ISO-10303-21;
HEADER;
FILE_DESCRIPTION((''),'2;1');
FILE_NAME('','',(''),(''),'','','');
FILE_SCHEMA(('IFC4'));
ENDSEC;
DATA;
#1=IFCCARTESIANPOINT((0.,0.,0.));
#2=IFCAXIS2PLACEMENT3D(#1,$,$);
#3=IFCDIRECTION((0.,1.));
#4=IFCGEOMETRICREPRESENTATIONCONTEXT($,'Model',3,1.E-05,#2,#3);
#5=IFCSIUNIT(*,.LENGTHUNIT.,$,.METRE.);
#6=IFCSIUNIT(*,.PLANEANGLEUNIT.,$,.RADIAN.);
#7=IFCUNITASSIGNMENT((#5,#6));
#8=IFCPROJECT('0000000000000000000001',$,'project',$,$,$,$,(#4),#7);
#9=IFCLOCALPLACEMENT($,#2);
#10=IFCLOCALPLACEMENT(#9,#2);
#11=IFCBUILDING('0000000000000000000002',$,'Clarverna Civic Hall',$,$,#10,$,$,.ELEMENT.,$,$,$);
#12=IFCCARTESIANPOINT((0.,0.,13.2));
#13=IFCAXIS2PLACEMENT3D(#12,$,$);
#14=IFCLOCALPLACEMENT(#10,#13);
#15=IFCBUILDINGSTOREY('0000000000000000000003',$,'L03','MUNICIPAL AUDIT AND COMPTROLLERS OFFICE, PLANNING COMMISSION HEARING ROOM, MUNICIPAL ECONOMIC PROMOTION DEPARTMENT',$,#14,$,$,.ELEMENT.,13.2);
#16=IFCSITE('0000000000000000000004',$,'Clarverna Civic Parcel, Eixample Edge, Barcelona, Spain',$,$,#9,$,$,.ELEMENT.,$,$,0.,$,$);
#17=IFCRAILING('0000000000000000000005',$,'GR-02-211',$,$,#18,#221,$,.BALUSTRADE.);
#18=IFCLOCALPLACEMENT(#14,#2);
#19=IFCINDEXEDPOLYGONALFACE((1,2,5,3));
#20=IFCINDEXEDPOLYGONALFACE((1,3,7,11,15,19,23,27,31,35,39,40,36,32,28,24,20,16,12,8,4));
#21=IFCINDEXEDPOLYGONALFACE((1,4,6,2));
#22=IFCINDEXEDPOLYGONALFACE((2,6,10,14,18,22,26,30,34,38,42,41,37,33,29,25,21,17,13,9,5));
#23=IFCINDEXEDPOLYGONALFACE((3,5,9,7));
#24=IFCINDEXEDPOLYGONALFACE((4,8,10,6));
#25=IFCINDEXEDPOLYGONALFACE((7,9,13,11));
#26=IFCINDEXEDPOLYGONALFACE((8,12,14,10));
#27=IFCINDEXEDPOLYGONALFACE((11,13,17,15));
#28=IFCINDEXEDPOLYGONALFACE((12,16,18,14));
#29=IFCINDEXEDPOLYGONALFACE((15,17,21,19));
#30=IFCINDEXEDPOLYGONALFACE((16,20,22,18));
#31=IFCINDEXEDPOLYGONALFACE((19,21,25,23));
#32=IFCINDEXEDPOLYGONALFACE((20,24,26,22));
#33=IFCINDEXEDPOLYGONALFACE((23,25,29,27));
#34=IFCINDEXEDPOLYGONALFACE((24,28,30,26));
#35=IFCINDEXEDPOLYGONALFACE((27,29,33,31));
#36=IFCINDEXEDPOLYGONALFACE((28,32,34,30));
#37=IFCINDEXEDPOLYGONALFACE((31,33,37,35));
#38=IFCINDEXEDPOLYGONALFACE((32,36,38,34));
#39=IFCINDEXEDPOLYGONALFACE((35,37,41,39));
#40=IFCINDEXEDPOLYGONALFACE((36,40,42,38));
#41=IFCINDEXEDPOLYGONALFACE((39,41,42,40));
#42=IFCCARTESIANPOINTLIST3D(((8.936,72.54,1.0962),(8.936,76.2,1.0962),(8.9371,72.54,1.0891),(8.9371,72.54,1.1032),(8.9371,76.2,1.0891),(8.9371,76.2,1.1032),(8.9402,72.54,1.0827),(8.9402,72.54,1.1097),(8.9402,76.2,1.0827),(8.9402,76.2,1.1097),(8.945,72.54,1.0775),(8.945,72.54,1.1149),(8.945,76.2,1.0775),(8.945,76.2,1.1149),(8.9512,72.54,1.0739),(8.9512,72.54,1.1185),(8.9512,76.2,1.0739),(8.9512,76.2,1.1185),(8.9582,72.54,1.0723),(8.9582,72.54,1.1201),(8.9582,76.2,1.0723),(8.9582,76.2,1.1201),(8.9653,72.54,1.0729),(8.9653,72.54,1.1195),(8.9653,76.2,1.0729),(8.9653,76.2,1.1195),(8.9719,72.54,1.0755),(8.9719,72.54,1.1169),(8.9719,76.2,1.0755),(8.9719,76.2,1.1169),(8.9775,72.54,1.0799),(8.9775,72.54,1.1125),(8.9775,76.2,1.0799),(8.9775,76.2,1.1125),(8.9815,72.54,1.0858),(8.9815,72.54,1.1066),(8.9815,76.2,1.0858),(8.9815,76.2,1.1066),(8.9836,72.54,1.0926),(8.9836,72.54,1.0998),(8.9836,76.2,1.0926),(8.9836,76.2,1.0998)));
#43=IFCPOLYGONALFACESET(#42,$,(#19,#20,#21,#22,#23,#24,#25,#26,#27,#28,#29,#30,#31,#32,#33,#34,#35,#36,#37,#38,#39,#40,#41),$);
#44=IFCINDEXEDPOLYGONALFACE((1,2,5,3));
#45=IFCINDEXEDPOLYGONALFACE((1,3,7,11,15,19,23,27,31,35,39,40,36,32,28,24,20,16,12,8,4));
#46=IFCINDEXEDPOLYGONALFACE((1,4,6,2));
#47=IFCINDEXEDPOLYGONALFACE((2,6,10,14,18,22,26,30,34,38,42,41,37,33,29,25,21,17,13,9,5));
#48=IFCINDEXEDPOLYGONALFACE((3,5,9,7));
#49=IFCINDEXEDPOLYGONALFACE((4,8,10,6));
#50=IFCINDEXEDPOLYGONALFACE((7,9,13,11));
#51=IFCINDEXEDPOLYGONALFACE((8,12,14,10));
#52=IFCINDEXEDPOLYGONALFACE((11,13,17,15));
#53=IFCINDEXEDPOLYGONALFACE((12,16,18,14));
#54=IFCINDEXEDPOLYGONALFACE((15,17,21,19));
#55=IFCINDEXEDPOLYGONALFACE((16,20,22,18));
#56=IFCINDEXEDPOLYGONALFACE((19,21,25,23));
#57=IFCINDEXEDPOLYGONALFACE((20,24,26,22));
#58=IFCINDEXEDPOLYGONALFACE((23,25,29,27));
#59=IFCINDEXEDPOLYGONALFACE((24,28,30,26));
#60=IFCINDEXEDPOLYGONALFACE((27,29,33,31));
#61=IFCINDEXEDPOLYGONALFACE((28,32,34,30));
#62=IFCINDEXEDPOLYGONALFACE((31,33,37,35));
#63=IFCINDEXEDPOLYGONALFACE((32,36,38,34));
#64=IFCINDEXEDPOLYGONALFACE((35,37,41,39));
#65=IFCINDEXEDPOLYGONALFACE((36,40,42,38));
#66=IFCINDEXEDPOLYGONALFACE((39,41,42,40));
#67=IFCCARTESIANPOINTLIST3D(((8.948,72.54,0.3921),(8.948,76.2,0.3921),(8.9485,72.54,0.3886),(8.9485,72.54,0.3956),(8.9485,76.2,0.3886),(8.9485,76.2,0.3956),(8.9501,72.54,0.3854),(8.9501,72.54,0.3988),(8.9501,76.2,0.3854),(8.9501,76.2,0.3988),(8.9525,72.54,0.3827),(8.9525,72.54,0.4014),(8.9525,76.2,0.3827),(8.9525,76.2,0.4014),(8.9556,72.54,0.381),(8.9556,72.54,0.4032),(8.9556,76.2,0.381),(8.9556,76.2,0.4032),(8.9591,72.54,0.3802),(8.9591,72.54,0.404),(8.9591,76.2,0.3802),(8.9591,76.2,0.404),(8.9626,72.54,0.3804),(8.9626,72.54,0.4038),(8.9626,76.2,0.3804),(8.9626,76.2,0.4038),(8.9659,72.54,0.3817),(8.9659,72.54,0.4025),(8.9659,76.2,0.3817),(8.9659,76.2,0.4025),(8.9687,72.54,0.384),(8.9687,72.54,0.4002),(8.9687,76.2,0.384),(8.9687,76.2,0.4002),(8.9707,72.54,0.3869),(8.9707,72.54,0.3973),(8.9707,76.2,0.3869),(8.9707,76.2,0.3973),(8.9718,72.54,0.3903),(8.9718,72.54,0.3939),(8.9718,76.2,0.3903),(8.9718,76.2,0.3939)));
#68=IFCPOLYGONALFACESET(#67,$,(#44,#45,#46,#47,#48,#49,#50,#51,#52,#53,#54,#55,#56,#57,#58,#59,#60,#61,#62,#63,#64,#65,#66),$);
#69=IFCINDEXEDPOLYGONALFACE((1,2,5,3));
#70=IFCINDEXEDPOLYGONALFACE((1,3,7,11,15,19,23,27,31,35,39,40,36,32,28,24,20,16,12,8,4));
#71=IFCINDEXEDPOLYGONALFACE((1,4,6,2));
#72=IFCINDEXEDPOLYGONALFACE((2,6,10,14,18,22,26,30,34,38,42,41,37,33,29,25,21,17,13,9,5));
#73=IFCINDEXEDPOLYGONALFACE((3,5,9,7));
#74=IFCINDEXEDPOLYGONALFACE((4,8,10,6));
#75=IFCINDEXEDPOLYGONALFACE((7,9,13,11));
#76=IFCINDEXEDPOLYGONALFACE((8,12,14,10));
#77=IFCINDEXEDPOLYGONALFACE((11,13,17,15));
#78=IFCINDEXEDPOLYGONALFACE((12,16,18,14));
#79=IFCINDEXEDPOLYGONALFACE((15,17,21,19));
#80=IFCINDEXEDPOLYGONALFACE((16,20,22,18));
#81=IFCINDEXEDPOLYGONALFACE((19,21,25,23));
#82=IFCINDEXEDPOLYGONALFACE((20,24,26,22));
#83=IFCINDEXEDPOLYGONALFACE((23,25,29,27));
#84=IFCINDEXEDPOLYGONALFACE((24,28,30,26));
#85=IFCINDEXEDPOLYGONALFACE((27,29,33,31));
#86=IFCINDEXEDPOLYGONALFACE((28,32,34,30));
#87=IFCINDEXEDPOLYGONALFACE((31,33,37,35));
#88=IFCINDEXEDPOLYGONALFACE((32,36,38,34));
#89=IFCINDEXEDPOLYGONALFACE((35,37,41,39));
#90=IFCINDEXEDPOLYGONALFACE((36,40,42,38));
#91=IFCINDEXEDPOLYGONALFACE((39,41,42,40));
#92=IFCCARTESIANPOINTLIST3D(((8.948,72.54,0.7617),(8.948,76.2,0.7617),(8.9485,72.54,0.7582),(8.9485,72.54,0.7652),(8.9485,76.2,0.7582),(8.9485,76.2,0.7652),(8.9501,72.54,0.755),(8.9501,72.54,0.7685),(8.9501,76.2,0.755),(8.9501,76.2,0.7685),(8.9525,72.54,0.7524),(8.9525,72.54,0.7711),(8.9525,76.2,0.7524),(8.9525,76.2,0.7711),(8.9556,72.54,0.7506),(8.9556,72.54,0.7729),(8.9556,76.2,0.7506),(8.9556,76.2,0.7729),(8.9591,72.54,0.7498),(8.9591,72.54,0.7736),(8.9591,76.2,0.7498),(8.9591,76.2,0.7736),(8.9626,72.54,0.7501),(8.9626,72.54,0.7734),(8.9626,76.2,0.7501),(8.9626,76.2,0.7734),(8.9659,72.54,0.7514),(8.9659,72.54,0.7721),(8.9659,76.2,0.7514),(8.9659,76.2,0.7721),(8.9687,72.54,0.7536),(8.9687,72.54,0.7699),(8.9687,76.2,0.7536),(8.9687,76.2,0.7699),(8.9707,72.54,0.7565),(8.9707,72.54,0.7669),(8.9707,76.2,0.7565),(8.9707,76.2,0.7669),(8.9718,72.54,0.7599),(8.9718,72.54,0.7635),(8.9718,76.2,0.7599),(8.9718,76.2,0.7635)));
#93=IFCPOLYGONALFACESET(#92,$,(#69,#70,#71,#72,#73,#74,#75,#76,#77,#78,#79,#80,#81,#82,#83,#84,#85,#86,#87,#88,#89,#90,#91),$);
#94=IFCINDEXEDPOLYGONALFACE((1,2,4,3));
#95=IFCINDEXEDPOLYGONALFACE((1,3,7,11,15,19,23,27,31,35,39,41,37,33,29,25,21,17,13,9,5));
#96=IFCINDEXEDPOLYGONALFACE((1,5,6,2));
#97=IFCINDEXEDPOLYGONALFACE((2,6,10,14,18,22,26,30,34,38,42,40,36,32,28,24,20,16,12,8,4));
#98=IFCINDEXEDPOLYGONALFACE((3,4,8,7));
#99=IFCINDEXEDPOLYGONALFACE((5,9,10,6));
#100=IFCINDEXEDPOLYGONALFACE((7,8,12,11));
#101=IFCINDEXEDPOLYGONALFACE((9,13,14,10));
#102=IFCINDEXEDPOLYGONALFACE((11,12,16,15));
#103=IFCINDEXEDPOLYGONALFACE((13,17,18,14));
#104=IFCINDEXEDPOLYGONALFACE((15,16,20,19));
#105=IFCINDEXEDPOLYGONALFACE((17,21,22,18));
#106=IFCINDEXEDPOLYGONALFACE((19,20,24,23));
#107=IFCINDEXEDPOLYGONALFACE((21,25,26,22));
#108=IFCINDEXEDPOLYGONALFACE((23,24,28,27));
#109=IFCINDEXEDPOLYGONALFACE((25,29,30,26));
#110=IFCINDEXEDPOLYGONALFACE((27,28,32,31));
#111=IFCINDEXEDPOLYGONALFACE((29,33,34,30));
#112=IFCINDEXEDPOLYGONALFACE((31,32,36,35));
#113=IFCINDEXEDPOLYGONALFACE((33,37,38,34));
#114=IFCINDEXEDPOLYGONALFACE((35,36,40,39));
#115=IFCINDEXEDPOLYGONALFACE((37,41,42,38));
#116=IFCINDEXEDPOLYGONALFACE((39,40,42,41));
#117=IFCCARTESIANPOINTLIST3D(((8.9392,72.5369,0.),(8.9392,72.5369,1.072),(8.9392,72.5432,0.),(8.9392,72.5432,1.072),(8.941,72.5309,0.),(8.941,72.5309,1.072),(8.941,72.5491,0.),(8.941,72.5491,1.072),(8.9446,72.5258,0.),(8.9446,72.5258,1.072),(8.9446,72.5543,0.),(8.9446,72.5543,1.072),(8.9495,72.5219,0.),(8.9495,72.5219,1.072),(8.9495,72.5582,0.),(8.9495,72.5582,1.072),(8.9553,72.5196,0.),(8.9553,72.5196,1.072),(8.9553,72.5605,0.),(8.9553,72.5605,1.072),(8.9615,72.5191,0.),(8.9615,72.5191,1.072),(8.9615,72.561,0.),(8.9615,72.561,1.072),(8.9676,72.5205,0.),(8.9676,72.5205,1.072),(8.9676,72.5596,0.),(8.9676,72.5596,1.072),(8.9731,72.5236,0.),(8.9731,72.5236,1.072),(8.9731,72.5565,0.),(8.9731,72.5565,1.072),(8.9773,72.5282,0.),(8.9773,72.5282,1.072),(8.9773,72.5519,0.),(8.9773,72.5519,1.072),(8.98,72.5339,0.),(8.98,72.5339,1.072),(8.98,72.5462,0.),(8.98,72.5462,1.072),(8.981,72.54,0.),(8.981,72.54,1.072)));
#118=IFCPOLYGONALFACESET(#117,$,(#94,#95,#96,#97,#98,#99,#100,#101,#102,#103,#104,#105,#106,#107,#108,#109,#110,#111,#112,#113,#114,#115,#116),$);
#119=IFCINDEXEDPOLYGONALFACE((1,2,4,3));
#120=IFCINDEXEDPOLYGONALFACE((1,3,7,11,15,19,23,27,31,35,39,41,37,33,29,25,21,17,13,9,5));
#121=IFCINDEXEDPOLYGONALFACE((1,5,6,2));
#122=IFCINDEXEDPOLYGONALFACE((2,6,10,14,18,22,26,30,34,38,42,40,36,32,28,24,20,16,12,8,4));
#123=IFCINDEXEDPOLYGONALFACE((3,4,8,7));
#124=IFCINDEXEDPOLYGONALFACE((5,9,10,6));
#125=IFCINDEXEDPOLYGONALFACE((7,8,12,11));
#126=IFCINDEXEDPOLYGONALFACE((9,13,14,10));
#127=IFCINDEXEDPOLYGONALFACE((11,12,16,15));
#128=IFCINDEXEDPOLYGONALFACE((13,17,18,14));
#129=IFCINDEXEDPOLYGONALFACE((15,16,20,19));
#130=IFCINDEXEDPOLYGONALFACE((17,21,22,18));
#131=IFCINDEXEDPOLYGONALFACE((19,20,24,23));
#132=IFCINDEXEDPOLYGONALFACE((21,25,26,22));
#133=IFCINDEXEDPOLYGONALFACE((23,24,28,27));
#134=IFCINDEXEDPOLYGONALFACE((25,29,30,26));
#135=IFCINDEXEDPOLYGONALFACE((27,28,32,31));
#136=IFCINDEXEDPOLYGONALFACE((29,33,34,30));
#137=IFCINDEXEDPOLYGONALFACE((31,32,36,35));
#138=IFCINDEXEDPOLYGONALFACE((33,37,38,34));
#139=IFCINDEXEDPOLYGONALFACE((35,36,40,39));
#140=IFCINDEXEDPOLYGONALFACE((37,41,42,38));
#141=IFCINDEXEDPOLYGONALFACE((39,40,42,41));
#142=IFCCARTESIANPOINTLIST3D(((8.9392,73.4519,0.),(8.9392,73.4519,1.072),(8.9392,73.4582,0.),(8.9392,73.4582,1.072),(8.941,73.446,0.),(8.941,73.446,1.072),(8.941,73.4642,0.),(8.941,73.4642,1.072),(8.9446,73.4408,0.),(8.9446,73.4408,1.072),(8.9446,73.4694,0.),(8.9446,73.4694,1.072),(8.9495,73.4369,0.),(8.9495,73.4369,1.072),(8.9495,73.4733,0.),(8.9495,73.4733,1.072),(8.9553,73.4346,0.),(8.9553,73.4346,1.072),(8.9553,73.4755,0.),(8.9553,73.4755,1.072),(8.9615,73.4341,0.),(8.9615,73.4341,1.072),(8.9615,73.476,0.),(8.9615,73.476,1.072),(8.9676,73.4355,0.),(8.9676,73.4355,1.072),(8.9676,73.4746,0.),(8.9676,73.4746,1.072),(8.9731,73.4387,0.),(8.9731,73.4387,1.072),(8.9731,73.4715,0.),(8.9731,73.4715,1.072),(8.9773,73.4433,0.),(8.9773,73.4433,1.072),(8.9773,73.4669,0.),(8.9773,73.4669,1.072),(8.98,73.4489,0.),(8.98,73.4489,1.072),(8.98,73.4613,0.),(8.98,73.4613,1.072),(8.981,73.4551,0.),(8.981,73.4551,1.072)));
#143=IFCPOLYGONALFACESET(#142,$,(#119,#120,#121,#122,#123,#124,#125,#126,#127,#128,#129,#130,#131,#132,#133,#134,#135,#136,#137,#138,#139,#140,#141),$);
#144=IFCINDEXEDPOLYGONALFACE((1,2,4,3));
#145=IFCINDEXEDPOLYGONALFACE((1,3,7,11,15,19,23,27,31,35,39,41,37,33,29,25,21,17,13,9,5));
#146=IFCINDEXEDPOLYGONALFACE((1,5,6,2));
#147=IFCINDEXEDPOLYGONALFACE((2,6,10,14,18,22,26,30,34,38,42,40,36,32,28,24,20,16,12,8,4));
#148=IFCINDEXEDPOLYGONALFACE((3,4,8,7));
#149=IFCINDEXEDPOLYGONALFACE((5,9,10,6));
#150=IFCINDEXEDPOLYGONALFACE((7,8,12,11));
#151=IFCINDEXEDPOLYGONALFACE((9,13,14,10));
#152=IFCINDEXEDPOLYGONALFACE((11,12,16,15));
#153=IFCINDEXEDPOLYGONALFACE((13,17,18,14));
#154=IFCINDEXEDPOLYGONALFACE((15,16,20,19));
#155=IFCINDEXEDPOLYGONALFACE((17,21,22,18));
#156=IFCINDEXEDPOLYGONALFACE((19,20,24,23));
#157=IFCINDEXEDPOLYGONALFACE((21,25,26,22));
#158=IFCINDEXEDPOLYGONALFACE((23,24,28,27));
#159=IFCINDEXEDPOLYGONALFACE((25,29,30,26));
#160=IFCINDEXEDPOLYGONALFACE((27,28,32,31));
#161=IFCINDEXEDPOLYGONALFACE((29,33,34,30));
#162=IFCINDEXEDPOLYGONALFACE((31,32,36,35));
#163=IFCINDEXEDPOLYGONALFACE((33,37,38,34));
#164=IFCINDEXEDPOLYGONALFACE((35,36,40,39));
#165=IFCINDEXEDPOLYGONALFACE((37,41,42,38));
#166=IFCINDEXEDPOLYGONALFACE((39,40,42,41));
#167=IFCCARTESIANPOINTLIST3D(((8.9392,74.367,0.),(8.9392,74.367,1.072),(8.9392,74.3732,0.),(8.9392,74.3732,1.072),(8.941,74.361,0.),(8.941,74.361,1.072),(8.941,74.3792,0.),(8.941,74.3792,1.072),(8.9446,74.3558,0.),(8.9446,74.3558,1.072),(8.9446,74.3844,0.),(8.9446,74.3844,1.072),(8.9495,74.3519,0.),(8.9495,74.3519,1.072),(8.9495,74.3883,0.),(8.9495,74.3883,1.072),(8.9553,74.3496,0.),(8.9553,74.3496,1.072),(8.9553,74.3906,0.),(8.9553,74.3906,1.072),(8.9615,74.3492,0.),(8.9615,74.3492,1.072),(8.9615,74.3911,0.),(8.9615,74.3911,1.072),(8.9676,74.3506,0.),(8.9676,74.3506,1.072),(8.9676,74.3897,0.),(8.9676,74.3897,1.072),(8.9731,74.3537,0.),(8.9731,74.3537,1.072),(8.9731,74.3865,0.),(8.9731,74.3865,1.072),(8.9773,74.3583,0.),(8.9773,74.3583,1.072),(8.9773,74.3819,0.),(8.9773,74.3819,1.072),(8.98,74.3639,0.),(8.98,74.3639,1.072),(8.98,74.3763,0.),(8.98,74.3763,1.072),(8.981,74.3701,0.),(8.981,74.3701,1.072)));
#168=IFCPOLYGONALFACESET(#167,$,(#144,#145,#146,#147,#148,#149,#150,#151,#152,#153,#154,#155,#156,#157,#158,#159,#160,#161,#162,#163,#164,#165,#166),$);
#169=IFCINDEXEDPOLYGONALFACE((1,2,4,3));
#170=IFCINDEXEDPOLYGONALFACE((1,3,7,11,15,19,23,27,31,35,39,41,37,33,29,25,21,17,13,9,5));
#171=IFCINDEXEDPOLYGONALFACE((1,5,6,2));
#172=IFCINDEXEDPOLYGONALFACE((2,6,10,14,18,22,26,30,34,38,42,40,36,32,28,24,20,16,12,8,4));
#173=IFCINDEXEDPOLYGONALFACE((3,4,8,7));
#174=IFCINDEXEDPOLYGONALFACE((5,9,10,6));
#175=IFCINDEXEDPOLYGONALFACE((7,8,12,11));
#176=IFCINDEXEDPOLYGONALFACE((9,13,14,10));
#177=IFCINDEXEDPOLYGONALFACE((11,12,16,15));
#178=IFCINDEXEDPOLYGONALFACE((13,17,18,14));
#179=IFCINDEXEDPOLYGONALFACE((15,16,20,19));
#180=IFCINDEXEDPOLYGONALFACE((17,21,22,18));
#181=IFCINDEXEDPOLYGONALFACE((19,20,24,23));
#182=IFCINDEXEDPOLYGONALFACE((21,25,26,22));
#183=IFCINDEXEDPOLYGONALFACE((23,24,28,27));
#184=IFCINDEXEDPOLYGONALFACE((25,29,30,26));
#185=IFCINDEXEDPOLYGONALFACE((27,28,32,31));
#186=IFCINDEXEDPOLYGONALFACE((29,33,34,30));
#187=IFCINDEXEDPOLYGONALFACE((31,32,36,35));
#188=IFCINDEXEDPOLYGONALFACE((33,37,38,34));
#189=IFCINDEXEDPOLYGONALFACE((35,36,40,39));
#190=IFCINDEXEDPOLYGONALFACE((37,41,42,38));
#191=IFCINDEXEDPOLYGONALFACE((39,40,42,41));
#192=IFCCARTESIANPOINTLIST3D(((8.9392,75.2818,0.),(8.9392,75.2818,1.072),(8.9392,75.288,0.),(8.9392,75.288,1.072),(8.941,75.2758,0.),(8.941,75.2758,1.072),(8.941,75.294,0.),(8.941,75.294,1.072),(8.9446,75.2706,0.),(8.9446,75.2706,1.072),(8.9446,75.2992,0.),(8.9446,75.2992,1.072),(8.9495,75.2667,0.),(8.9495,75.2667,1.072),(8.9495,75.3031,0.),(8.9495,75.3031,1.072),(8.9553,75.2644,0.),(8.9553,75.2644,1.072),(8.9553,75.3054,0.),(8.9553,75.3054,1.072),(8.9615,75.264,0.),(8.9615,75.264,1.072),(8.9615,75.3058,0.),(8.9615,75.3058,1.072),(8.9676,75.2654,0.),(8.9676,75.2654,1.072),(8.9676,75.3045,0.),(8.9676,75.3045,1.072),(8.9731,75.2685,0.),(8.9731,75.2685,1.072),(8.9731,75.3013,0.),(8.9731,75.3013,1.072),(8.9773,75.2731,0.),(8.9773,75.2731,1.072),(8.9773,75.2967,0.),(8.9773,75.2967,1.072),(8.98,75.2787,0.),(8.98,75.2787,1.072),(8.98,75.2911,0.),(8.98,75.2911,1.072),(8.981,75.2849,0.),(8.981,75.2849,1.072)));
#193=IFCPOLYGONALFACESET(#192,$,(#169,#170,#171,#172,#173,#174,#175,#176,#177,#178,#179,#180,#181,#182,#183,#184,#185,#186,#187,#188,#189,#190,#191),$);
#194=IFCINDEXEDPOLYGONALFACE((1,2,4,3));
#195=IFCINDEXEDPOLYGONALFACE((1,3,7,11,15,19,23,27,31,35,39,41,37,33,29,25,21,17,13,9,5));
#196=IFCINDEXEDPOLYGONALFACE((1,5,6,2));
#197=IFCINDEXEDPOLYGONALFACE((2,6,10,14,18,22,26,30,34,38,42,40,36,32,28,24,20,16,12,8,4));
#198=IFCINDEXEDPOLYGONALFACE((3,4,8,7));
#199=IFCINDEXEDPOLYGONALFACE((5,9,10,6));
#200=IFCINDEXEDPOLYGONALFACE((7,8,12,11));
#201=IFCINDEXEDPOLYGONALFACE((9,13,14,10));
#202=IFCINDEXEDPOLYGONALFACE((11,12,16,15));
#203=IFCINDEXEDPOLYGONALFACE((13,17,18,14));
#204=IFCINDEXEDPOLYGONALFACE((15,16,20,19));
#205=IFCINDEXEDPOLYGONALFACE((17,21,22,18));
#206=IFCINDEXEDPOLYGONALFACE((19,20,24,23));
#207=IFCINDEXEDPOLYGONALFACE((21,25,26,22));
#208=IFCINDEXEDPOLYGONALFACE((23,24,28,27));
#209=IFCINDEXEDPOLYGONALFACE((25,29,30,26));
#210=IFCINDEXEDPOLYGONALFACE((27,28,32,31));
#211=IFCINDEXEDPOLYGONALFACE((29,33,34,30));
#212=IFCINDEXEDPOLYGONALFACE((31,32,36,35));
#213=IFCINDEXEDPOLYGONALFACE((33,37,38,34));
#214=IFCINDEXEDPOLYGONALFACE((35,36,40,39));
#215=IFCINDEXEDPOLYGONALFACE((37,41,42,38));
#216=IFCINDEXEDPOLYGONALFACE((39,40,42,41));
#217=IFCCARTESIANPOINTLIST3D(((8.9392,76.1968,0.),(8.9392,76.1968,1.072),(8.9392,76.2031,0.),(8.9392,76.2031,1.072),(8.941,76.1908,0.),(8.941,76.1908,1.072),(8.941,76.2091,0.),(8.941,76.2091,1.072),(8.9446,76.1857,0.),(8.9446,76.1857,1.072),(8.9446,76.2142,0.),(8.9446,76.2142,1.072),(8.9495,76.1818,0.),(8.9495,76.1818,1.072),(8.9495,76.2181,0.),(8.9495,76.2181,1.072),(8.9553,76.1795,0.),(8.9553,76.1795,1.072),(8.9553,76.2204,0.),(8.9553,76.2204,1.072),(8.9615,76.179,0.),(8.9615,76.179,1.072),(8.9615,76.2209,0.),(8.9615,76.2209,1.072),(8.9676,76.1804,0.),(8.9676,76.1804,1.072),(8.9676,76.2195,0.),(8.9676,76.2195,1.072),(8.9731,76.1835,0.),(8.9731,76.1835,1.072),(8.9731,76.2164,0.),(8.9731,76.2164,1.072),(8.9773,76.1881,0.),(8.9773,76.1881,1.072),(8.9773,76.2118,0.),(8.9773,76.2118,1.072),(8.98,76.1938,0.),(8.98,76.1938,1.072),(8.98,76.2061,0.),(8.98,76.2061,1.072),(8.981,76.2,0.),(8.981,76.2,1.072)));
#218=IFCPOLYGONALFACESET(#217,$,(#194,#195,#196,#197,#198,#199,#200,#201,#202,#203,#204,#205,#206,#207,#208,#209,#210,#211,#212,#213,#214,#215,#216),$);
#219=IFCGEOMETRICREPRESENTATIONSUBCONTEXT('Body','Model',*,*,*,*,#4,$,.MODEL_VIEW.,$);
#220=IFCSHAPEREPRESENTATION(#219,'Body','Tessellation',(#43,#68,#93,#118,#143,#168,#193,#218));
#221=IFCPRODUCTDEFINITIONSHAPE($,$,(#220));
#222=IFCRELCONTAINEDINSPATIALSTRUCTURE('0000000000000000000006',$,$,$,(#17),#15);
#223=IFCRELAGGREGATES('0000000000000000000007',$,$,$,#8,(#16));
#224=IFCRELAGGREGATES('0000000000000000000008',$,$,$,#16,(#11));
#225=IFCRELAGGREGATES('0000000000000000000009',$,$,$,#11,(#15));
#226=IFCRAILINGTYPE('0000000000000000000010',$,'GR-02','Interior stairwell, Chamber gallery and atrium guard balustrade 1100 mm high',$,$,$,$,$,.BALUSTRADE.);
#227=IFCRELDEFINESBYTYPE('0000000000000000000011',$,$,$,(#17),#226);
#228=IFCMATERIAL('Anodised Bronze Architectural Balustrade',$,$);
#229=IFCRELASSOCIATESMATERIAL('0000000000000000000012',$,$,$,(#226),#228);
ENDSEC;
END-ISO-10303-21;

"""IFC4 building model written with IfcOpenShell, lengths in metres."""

from ifc_helpers import new_model, si_unit, direction, frame, origin, origin_2d, place, context, subcontext, project, spatial, circle, extrude, material, type_object, element, save


model = new_model("IFC4")

# Units and contexts
model_context = context("Model", 3, precision=1e-05, world=origin(), true_north=direction((0.0, 1.0)))
body_context = subcontext(model_context, "Body", "Model", "MODEL_VIEW")
ifc_project = project(units=[si_unit("LENGTHUNIT", "METRE"), si_unit("PLANEANGLEUNIT", "RADIAN")], contexts=[model_context])

# Site, building, storey
site_placement = place(None, origin())
site = spatial("IfcSite", under=ifc_project, at=site_placement, Name="Clarverna Civic Parcel, Eixample Edge, Barcelona, Spain", CompositionType="ELEMENT", RefElevation=0.0)
building_placement = place(site_placement, origin())
building = spatial("IfcBuilding", under=site, at=building_placement, Name="Clarverna Civic Hall", CompositionType="ELEMENT")
storey_placement = place(building_placement, frame((0.0, 0.0, 13.2)))
storey = spatial("IfcBuildingStorey", under=building, at=storey_placement, Name="L03", Description="MUNICIPAL AUDIT AND COMPTROLLERS OFFICE, PLANNING COMMISSION HEARING ROOM, MUNICIPAL ECONOMIC PROMOTION DEPARTMENT", CompositionType="ELEMENT", Elevation=13.2)

# Railing
ifc_material_1 = material(Name="Anodised Bronze Architectural Balustrade")
railing_type = type_object("IfcRailingType", Name="GR-02", Description="Interior stairwell, Chamber gallery and atrium guard balustrade 1100 mm high", PredefinedType="BALUSTRADE", material=ifc_material_1)
railing_placement = place(storey_placement, frame((8.96, 72.54, 0.0)))
element("IfcRailing", 1, at=railing_placement, inside=storey, type_object=railing_type, Name="GR-02-211", PredefinedType="BALUSTRADE", context=body_context, shape_type="SweptSolid", body=[
    extrude(circle(Radius=0.0239, at=origin_2d()), frame((0.0, 0.0, 1.0962), z_axis=(0.0, 1.0, 0.0), x_axis=(-1.0, 0.0, 0.0)), (0.0, 0.0, 1.0), 3.6599),
    extrude(circle(Radius=0.012, at=origin_2d()), frame((0.0, 0.0, 0.3921), z_axis=(0.0, 1.0, 0.0), x_axis=(-1.0, 0.0, 0.0)), (0.0, 0.0, 1.0), 3.6599),
    extrude(circle(Radius=0.012, at=origin_2d()), frame((0.0, 0.0, 0.7617), z_axis=(0.0, 1.0, 0.0), x_axis=(-1.0, 0.0, 0.0)), (0.0, 0.0, 1.0), 3.6599),
    extrude(circle(Radius=0.021, at=origin_2d()), origin(), (0.0, 0.0, 1.0), 1.072),
    extrude(circle(Radius=0.021, at=origin_2d()), frame((0.0, 0.915, 0.0)), (0.0, 0.0, 1.0), 1.072),
    extrude(circle(Radius=0.021, at=origin_2d()), frame((0.0, 1.8301, 0.0)), (0.0, 0.0, 1.0), 1.072),
    extrude(circle(Radius=0.021, at=origin_2d()), frame((0.0, 2.7449, 0.0)), (0.0, 0.0, 1.0), 1.072),
    extrude(circle(Radius=0.021, at=origin_2d()), frame((0.0, 3.6599, 0.0)), (0.0, 0.0, 1.0), 1.072),
])

save(model, "model.ifc")
